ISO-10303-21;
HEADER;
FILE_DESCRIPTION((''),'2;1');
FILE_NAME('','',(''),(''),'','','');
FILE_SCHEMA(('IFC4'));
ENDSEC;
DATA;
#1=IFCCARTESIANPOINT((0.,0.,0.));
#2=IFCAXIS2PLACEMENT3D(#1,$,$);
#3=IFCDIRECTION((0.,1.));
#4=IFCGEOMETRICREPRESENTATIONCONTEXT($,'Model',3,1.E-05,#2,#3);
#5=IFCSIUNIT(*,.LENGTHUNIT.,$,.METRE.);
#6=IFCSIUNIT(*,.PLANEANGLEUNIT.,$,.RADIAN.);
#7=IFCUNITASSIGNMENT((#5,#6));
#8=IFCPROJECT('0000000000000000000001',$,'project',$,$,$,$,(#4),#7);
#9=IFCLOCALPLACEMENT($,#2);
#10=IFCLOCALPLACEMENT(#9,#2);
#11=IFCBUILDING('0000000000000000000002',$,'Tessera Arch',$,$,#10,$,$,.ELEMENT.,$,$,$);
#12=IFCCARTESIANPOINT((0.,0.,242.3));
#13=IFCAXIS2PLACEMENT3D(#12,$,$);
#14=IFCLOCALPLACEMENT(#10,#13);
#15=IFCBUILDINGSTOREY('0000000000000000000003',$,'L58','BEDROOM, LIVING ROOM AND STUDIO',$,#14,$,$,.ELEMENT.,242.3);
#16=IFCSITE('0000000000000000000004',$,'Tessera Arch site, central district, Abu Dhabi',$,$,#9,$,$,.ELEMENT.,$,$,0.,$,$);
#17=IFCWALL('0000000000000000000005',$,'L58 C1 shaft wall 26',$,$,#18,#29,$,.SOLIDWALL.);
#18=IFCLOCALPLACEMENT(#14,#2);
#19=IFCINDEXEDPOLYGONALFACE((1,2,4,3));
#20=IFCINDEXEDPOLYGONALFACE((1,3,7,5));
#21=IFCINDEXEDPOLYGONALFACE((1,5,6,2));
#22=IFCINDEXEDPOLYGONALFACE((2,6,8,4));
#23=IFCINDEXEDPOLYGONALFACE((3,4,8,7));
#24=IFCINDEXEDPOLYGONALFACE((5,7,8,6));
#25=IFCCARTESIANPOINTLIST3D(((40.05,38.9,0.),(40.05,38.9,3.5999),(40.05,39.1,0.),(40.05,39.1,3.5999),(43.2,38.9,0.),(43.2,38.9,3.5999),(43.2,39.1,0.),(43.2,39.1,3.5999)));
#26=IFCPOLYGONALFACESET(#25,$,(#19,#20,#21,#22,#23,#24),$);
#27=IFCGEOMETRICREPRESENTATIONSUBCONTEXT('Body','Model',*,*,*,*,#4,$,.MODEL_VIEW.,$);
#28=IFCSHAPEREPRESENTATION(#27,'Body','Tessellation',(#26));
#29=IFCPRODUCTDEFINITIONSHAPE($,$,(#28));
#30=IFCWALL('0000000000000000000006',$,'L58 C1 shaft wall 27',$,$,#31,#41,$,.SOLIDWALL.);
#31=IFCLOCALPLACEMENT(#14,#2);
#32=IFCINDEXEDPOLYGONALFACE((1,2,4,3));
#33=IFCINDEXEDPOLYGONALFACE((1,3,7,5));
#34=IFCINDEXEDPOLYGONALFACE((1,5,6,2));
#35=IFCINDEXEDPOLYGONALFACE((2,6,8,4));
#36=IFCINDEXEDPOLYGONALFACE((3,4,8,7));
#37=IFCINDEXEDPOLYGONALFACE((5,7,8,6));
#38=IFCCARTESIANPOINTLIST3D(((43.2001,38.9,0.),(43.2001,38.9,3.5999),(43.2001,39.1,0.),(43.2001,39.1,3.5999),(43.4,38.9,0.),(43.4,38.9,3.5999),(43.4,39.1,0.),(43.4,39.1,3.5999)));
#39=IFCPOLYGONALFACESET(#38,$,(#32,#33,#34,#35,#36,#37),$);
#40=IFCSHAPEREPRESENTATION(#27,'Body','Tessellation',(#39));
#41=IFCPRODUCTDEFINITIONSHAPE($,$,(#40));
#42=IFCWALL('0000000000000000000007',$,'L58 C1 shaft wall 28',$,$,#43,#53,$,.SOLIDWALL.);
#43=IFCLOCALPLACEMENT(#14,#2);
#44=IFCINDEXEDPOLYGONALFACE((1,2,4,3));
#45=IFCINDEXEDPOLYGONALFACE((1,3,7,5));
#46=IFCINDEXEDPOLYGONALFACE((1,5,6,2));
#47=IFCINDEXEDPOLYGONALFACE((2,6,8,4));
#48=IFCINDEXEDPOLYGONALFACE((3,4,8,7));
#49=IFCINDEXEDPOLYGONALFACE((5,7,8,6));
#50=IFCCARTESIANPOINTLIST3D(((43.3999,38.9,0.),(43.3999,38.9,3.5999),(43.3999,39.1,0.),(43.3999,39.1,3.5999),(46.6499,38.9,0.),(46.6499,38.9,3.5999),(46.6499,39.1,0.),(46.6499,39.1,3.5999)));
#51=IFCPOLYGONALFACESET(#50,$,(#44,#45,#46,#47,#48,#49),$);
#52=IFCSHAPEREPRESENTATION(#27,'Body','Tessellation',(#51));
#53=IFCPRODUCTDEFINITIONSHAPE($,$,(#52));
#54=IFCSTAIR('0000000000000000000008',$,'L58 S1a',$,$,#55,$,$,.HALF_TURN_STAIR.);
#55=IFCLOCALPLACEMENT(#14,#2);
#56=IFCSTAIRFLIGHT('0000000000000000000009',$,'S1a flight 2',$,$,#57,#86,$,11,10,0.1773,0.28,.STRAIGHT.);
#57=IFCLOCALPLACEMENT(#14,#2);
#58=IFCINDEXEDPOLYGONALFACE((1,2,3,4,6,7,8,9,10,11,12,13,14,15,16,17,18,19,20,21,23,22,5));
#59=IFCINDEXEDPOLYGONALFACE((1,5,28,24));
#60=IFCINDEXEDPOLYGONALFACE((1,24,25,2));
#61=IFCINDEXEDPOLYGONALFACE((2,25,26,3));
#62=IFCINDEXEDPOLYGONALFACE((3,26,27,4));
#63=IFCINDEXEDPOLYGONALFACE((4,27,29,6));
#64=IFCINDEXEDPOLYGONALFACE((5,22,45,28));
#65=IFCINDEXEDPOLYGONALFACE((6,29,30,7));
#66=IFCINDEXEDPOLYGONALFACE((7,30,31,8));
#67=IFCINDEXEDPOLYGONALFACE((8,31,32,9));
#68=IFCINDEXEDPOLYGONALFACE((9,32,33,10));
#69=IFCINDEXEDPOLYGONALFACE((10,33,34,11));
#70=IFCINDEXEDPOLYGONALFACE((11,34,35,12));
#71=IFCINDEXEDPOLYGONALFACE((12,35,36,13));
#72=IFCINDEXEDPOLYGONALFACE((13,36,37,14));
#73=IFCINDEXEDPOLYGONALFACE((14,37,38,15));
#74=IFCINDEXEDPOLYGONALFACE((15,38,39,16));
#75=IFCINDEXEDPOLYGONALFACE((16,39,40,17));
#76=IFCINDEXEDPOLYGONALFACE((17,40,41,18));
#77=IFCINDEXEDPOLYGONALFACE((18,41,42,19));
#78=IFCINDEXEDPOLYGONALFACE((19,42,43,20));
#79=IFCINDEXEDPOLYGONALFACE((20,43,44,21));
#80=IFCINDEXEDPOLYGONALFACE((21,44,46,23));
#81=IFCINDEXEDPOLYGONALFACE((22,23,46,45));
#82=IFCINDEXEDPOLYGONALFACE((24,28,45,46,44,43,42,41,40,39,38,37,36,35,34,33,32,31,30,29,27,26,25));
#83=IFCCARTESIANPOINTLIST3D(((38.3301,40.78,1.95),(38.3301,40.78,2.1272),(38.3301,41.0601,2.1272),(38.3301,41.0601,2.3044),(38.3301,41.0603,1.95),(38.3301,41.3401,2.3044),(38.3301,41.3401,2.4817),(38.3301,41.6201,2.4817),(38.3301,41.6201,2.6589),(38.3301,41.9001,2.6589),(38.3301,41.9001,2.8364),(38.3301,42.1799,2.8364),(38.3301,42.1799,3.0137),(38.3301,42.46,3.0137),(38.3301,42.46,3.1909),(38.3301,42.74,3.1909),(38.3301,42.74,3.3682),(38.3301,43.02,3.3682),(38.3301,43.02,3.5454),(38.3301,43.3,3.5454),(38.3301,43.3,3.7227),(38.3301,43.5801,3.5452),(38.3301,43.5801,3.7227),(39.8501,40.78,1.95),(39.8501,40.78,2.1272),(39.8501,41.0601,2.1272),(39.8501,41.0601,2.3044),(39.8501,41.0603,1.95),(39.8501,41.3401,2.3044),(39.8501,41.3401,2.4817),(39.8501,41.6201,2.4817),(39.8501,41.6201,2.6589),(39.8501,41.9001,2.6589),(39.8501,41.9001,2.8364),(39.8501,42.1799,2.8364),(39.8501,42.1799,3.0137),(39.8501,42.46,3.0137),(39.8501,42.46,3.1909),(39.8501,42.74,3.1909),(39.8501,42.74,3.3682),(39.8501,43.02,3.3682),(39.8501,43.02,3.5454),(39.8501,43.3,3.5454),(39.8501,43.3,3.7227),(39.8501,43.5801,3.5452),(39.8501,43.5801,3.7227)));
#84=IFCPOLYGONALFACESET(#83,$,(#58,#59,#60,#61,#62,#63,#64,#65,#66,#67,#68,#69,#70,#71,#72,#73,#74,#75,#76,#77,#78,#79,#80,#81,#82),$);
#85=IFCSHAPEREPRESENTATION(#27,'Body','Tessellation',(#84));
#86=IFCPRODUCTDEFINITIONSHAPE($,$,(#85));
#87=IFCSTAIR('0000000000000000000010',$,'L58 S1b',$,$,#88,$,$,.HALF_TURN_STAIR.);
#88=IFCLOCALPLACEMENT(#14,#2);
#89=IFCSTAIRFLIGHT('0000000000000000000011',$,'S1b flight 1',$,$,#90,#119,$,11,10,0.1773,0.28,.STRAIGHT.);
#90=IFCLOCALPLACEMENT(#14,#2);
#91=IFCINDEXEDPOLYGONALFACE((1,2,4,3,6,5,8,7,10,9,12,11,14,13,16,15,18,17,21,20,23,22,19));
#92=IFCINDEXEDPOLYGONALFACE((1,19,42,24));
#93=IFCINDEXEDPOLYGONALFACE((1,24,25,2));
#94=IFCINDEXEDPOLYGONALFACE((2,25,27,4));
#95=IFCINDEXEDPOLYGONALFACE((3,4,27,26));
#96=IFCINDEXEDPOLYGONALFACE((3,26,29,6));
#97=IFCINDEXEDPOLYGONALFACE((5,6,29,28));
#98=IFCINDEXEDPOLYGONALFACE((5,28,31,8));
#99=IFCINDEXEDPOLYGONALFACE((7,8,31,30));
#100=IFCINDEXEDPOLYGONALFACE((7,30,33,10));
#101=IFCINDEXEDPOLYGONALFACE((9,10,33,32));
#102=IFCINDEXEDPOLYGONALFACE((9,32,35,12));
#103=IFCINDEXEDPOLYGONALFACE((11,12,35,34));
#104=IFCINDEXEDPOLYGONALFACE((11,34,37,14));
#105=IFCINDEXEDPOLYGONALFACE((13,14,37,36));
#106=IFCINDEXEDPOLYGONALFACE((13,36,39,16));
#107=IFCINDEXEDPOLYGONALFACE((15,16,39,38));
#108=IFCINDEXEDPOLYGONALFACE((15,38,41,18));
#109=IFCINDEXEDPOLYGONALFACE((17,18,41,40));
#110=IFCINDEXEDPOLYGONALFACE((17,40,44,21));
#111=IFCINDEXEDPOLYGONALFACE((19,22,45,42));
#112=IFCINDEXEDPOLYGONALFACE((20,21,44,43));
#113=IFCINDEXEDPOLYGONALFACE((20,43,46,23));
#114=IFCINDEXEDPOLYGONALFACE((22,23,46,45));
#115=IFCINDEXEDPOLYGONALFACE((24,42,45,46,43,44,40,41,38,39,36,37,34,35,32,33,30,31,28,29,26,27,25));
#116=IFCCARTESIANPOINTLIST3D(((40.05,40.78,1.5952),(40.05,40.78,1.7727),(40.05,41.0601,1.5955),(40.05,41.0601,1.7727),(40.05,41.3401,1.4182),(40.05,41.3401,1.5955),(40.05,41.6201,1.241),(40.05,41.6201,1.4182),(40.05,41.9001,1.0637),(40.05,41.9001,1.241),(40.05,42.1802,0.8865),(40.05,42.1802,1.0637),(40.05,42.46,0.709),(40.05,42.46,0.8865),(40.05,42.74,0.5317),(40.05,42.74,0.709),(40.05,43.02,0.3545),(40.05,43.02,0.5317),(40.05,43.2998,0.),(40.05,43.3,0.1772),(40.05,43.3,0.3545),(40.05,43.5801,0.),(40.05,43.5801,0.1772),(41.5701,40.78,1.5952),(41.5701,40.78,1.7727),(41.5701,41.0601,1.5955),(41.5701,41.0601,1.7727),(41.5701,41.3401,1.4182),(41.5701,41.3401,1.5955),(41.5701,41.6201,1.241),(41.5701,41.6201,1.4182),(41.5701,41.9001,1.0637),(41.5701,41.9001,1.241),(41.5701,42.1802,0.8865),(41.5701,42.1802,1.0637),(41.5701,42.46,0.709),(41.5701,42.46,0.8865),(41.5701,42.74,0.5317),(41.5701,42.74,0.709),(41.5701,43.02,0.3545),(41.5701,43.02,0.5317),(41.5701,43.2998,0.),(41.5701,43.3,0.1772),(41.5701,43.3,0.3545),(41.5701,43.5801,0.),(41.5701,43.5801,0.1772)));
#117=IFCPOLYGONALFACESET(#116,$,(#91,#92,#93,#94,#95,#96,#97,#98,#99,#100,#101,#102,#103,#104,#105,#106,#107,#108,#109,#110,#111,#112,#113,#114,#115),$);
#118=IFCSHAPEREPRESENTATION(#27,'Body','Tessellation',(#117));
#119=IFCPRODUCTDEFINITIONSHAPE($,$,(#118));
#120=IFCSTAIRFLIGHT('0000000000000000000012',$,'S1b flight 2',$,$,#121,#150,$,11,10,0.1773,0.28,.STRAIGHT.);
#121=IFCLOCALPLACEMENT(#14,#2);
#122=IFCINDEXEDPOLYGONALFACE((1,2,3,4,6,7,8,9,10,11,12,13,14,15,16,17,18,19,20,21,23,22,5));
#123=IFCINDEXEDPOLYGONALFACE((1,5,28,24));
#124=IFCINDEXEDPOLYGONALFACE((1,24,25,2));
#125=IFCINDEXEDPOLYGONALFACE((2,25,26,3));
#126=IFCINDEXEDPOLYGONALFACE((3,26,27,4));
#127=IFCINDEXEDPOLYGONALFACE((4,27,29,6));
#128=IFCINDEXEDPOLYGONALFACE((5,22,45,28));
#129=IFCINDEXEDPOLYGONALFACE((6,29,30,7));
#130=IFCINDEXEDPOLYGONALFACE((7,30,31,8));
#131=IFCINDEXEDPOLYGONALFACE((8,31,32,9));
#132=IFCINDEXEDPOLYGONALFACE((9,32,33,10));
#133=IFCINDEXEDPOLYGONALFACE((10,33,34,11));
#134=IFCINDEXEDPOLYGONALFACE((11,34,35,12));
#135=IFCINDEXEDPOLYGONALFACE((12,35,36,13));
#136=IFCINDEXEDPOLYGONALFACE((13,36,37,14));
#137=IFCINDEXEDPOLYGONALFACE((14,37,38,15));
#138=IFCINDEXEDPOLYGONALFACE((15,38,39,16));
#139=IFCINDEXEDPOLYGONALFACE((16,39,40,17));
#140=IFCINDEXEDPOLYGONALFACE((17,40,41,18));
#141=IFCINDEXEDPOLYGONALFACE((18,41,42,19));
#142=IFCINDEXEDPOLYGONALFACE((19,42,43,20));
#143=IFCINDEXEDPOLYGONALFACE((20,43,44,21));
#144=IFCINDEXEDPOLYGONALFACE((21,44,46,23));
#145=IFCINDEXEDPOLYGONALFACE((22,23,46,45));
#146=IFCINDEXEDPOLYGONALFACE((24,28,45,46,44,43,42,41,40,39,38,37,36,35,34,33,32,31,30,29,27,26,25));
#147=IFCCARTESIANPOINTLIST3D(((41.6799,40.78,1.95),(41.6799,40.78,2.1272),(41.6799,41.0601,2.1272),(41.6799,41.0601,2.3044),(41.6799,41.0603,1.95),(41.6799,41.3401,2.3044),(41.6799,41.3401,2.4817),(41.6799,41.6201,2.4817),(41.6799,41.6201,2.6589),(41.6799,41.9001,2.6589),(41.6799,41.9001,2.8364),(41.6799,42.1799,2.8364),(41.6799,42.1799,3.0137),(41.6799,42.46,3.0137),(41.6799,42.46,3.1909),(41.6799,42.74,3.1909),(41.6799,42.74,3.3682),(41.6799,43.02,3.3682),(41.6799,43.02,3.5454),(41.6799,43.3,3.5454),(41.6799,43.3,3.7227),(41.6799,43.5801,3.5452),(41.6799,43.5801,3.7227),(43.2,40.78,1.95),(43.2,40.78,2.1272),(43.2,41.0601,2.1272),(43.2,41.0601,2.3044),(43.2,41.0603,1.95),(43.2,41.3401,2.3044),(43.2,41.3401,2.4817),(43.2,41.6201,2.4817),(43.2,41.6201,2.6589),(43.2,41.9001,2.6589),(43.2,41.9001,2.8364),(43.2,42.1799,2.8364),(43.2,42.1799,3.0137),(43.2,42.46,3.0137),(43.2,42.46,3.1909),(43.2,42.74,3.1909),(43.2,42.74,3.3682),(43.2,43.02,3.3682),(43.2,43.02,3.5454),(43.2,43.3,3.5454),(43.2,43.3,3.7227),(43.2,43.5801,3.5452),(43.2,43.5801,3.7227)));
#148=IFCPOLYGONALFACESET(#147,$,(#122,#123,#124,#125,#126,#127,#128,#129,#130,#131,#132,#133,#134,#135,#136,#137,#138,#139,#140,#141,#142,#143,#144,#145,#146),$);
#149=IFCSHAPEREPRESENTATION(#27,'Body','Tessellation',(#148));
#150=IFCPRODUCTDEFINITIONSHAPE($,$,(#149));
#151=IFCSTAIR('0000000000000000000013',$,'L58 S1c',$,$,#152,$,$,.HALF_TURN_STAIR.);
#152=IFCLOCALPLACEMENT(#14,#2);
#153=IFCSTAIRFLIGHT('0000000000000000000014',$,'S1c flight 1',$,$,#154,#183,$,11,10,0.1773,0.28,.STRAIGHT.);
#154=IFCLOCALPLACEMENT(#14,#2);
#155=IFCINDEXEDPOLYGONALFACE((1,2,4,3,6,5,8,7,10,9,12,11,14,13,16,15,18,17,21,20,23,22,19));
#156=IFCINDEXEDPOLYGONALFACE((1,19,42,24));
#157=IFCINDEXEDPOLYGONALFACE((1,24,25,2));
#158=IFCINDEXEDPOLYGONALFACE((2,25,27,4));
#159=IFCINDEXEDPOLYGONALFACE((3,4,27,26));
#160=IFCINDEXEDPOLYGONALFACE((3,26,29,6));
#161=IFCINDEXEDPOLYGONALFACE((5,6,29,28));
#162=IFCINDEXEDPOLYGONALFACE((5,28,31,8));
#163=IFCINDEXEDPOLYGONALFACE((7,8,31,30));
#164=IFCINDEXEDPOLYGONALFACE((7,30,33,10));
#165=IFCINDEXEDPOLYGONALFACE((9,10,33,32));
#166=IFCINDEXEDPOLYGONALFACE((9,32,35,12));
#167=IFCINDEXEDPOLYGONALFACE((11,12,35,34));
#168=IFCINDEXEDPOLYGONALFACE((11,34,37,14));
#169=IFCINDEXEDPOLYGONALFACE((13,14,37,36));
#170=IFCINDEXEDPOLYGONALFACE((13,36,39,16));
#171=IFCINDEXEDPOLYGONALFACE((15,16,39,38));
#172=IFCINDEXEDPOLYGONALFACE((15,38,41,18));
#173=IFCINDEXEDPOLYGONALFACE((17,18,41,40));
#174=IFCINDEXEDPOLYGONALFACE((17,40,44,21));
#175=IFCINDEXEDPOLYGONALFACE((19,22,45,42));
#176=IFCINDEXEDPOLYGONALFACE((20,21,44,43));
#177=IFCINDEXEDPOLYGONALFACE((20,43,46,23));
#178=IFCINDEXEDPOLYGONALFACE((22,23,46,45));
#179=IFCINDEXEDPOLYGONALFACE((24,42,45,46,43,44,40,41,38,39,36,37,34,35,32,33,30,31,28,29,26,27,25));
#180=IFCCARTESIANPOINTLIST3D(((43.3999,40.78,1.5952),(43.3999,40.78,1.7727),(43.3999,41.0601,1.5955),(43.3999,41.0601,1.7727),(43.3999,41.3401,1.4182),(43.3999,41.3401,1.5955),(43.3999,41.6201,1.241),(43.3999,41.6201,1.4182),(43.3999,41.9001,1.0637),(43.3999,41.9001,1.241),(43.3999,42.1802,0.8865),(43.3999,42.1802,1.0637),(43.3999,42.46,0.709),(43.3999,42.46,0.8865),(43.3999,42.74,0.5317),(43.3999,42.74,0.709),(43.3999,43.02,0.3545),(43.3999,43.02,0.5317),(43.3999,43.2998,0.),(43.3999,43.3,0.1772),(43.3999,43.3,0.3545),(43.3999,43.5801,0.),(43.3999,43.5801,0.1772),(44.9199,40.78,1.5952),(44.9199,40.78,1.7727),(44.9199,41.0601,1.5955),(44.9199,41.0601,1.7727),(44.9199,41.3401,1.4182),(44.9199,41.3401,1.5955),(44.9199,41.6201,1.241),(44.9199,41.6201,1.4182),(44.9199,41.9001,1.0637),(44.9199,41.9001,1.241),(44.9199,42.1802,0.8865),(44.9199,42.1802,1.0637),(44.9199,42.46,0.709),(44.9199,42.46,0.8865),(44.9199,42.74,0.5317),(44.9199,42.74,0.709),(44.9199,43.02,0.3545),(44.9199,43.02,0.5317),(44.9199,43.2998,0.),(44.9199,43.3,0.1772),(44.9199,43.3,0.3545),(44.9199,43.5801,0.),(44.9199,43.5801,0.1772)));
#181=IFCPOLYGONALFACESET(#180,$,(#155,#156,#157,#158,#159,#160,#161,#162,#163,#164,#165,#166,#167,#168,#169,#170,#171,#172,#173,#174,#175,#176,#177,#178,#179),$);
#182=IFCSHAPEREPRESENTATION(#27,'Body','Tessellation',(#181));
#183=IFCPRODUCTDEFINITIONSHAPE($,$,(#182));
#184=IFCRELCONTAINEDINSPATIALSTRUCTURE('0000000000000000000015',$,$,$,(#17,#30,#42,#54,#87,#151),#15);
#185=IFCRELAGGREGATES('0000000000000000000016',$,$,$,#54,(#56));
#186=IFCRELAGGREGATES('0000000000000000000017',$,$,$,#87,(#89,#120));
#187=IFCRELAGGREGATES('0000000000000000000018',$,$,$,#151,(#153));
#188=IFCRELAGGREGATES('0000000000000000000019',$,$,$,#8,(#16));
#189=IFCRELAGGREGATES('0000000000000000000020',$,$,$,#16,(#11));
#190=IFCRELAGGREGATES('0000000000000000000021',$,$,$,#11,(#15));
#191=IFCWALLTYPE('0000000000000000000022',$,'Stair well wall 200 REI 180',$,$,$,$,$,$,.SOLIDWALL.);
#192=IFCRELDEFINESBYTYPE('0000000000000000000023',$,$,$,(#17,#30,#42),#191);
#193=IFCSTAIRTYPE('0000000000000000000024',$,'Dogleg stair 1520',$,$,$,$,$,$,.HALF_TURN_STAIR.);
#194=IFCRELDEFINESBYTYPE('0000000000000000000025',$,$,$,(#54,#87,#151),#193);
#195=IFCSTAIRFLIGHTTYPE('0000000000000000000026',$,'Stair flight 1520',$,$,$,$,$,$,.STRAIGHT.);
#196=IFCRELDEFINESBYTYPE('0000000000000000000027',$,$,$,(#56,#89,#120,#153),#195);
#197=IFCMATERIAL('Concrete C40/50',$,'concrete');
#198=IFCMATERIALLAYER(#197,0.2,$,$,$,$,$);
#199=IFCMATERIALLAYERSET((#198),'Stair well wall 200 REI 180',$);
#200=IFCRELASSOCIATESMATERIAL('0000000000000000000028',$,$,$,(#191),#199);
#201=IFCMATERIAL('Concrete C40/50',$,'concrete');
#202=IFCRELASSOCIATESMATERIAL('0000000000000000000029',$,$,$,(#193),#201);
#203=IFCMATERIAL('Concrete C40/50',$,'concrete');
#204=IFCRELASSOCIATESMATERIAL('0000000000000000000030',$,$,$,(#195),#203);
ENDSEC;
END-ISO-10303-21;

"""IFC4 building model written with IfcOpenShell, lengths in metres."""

from ifc_helpers import new_model, si_unit, direction, frame, frame_2d, origin, place, context, subcontext, project, spatial, polyline, rectangle, outline, extrude, material, layer, layer_set, type_object, element, aggregate, save


model = new_model("IFC4")

# Units and contexts
model_context = context("Model", 3, precision=1e-05, world=origin(), true_north=direction((0.0, 1.0)))
body_context = subcontext(model_context, "Body", "Model", "MODEL_VIEW")
ifc_project = project(units=[si_unit("LENGTHUNIT", "METRE"), si_unit("PLANEANGLEUNIT", "RADIAN")], contexts=[model_context])

# Site, building, storey
site_placement = place(None, origin())
site = spatial("IfcSite", under=ifc_project, at=site_placement, Name="Tessera Arch site, central district, Abu Dhabi", CompositionType="ELEMENT", RefElevation=0.0)
building_placement = place(site_placement, origin())
building = spatial("IfcBuilding", under=site, at=building_placement, Name="Tessera Arch", CompositionType="ELEMENT")
storey_placement = place(building_placement, frame((0.0, 0.0, 242.3)))
storey = spatial("IfcBuildingStorey", under=building, at=storey_placement, Name="L58", Description="BEDROOM, LIVING ROOM AND STUDIO", CompositionType="ELEMENT", Elevation=242.3)

# Walls
ifc_material_1 = material(Name="Concrete C40/50", Category="concrete")
ifc_layer_1 = layer(ifc_material_1, 0.2)
ifc_layer_set_1 = layer_set([ifc_layer_1], Name="Stair well wall 200 REI 180")
wall_type_1 = type_object("IfcWallType", Name="Stair well wall 200 REI 180", PredefinedType="SOLIDWALL", material=ifc_layer_set_1)
wall_1_placement = place(storey_placement, frame((40.05, 39.0, 0.0), z_axis=(0.0, 0.0, 1.0), x_axis=(1.0, 0.0, 0.0)))
element("IfcWall", 1, at=wall_1_placement, inside=storey, type_object=wall_type_1, Name="L58 C1 shaft wall 26", PredefinedType="SOLIDWALL", context=body_context, shape_type="SweptSolid", body=[
    extrude(rectangle(XDim=3.1499, YDim=0.2, at=frame_2d((1.575, 0.0))), origin(), (0.0, 0.0, 1.0), 3.5999),
])
wall_2_placement = place(storey_placement, frame((43.2, 39.0, 0.0), z_axis=(0.0, 0.0, 1.0), x_axis=(1.0, 0.0, 0.0)))
element("IfcWall", 2, at=wall_2_placement, inside=storey, type_object=wall_type_1, Name="L58 C1 shaft wall 27", PredefinedType="SOLIDWALL", context=body_context, shape_type="SweptSolid", body=[
    extrude(rectangle(XDim=0.2, YDim=0.2, at=frame_2d((0.1001, 0.0))), origin(), (0.0, 0.0, 1.0), 3.5999),
])
wall_3_placement = place(storey_placement, frame((43.3999, 39.0, 0.0), z_axis=(0.0, 0.0, 1.0), x_axis=(1.0, 0.0, 0.0)))
element("IfcWall", 3, at=wall_3_placement, inside=storey, type_object=wall_type_1, Name="L58 C1 shaft wall 28", PredefinedType="SOLIDWALL", context=body_context, shape_type="SweptSolid", body=[
    extrude(rectangle(XDim=3.25, YDim=0.2, at=frame_2d((1.625, 0.0))), origin(), (0.0, 0.0, 1.0), 3.5999),
])

# Stair, stair flight
ifc_material_2 = material(Name="Concrete C40/50", Category="concrete")
stair_type = type_object("IfcStairType", Name="Dogleg stair 1520", PredefinedType="HALF_TURN_STAIR", material=ifc_material_2)
stair_1_placement = place(storey_placement, origin())
stair_1 = element("IfcStair", 4, at=stair_1_placement, inside=storey, type_object=stair_type, Name="L58 S1a", PredefinedType="HALF_TURN_STAIR")
ifc_material_3 = material(Name="Concrete C40/50", Category="concrete")
stair_flight_type = type_object("IfcStairFlightType", Name="Stair flight 1520", PredefinedType="STRAIGHT", material=ifc_material_3)
stair_flight_1_placement = place(storey_placement, frame((39.0901, 40.78, 1.95), z_axis=(0.0, 0.0, 1.0), x_axis=(0.0, 1.0, 0.0)))
stair_flight_1 = element("IfcStairFlight", 5, at=stair_flight_1_placement, type_object=stair_flight_type, Name="S1a flight 2", NumberOfRisers=11, NumberOfTreads=10, PredefinedType="STRAIGHT", RiserHeight=0.1773, TreadLength=0.28, context=body_context, shape_type="SweptSolid", body=[
    extrude(outline(polyline([(0.0, 0.0), (0.0, 0.1772), (0.28, 0.1772), (0.28, 0.3545), (0.5601, 0.3545), (0.5601, 0.5317), (0.8401, 0.5317), (0.8401, 0.709), (1.1201, 0.709), (1.1201, 0.8865), (1.3999, 0.8865), (1.3999, 1.0637), (1.6799, 1.0637), (1.6799, 1.241), (1.96, 1.241), (1.96, 1.4182), (2.24, 1.4182), (2.24, 1.5955), (2.52, 1.5955), (2.52, 1.7727), (2.8, 1.7727), (2.8, 1.95), (2.8, 1.5952), (0.2803, 0.0), (0.0, 0.0)])), frame((0.0, 0.76, 0.0), z_axis=(0.0, -1.0, 0.0), x_axis=(1.0, 0.0, 0.0)), (0.0, 0.0, 1.0), 1.52),
])
aggregate(stair_1, [stair_flight_1])

# Stairs, stair flights
stair_2_placement = place(storey_placement, origin())
stair_2 = element("IfcStair", 6, at=stair_2_placement, inside=storey, type_object=stair_type, Name="L58 S1b", PredefinedType="HALF_TURN_STAIR")
stair_flight_2_placement = place(storey_placement, frame((40.8101, 43.5801, 0.0), z_axis=(0.0, 0.0, 1.0), x_axis=(0.0, -1.0, 0.0)))
stair_flight_2 = element("IfcStairFlight", 7, at=stair_flight_2_placement, type_object=stair_flight_type, Name="S1b flight 1", NumberOfRisers=11, NumberOfTreads=10, PredefinedType="STRAIGHT", RiserHeight=0.1773, TreadLength=0.28, context=body_context, shape_type="SweptSolid", body=[
    extrude(outline(polyline([(0.0, 0.0), (0.0, 0.1772), (0.28, 0.1772), (0.28, 0.3545), (0.5601, 0.3545), (0.5601, 0.5317), (0.8401, 0.5317), (0.8401, 0.709), (1.1201, 0.709), (1.1201, 0.8865), (1.3999, 0.8865), (1.3999, 1.0637), (1.6799, 1.0637), (1.6799, 1.241), (1.96, 1.241), (1.96, 1.4182), (2.24, 1.4182), (2.24, 1.5955), (2.52, 1.5955), (2.52, 1.7727), (2.8, 1.7727), (2.8, 1.95), (2.8, 1.5952), (0.2803, 0.0), (0.0, 0.0)])), frame((0.0, 0.76, 0.0), z_axis=(0.0, -1.0, 0.0), x_axis=(1.0, 0.0, 0.0)), (0.0, 0.0, 1.0), 1.52),
])
stair_flight_3_placement = place(storey_placement, frame((42.4399, 40.78, 1.95), z_axis=(0.0, 0.0, 1.0), x_axis=(0.0, 1.0, 0.0)))
stair_flight_3 = element("IfcStairFlight", 8, at=stair_flight_3_placement, type_object=stair_flight_type, Name="S1b flight 2", NumberOfRisers=11, NumberOfTreads=10, PredefinedType="STRAIGHT", RiserHeight=0.1773, TreadLength=0.28, context=body_context, shape_type="SweptSolid", body=[
    extrude(outline(polyline([(0.0, 0.0), (0.0, 0.1772), (0.28, 0.1772), (0.28, 0.3545), (0.5601, 0.3545), (0.5601, 0.5317), (0.8401, 0.5317), (0.8401, 0.709), (1.1201, 0.709), (1.1201, 0.8865), (1.3999, 0.8865), (1.3999, 1.0637), (1.6799, 1.0637), (1.6799, 1.241), (1.96, 1.241), (1.96, 1.4182), (2.24, 1.4182), (2.24, 1.5955), (2.52, 1.5955), (2.52, 1.7727), (2.8, 1.7727), (2.8, 1.95), (2.8, 1.5952), (0.2803, 0.0), (0.0, 0.0)])), frame((0.0, 0.76, 0.0), z_axis=(0.0, -1.0, 0.0), x_axis=(1.0, 0.0, 0.0)), (0.0, 0.0, 1.0), 1.52),
])
aggregate(stair_2, [stair_flight_2, stair_flight_3])
stair_3_placement = place(storey_placement, origin())
stair_3 = element("IfcStair", 9, at=stair_3_placement, inside=storey, type_object=stair_type, Name="L58 S1c", PredefinedType="HALF_TURN_STAIR")
stair_flight_4_placement = place(storey_placement, frame((44.1599, 43.5801, 0.0), z_axis=(0.0, 0.0, 1.0), x_axis=(0.0, -1.0, 0.0)))
stair_flight_4 = element("IfcStairFlight", 10, at=stair_flight_4_placement, type_object=stair_flight_type, Name="S1c flight 1", NumberOfRisers=11, NumberOfTreads=10, PredefinedType="STRAIGHT", RiserHeight=0.1773, TreadLength=0.28, context=body_context, shape_type="SweptSolid", body=[
    extrude(outline(polyline([(0.0, 0.0), (0.0, 0.1772), (0.28, 0.1772), (0.28, 0.3545), (0.5601, 0.3545), (0.5601, 0.5317), (0.8401, 0.5317), (0.8401, 0.709), (1.1201, 0.709), (1.1201, 0.8865), (1.3999, 0.8865), (1.3999, 1.0637), (1.6799, 1.0637), (1.6799, 1.241), (1.96, 1.241), (1.96, 1.4182), (2.24, 1.4182), (2.24, 1.5955), (2.52, 1.5955), (2.52, 1.7727), (2.8, 1.7727), (2.8, 1.95), (2.8, 1.5952), (0.2803, 0.0), (0.0, 0.0)])), frame((0.0, 0.76, 0.0), z_axis=(0.0, -1.0, 0.0), x_axis=(1.0, 0.0, 0.0)), (0.0, 0.0, 1.0), 1.52),
])
aggregate(stair_3, [stair_flight_4])

save(model, "model.ifc")
